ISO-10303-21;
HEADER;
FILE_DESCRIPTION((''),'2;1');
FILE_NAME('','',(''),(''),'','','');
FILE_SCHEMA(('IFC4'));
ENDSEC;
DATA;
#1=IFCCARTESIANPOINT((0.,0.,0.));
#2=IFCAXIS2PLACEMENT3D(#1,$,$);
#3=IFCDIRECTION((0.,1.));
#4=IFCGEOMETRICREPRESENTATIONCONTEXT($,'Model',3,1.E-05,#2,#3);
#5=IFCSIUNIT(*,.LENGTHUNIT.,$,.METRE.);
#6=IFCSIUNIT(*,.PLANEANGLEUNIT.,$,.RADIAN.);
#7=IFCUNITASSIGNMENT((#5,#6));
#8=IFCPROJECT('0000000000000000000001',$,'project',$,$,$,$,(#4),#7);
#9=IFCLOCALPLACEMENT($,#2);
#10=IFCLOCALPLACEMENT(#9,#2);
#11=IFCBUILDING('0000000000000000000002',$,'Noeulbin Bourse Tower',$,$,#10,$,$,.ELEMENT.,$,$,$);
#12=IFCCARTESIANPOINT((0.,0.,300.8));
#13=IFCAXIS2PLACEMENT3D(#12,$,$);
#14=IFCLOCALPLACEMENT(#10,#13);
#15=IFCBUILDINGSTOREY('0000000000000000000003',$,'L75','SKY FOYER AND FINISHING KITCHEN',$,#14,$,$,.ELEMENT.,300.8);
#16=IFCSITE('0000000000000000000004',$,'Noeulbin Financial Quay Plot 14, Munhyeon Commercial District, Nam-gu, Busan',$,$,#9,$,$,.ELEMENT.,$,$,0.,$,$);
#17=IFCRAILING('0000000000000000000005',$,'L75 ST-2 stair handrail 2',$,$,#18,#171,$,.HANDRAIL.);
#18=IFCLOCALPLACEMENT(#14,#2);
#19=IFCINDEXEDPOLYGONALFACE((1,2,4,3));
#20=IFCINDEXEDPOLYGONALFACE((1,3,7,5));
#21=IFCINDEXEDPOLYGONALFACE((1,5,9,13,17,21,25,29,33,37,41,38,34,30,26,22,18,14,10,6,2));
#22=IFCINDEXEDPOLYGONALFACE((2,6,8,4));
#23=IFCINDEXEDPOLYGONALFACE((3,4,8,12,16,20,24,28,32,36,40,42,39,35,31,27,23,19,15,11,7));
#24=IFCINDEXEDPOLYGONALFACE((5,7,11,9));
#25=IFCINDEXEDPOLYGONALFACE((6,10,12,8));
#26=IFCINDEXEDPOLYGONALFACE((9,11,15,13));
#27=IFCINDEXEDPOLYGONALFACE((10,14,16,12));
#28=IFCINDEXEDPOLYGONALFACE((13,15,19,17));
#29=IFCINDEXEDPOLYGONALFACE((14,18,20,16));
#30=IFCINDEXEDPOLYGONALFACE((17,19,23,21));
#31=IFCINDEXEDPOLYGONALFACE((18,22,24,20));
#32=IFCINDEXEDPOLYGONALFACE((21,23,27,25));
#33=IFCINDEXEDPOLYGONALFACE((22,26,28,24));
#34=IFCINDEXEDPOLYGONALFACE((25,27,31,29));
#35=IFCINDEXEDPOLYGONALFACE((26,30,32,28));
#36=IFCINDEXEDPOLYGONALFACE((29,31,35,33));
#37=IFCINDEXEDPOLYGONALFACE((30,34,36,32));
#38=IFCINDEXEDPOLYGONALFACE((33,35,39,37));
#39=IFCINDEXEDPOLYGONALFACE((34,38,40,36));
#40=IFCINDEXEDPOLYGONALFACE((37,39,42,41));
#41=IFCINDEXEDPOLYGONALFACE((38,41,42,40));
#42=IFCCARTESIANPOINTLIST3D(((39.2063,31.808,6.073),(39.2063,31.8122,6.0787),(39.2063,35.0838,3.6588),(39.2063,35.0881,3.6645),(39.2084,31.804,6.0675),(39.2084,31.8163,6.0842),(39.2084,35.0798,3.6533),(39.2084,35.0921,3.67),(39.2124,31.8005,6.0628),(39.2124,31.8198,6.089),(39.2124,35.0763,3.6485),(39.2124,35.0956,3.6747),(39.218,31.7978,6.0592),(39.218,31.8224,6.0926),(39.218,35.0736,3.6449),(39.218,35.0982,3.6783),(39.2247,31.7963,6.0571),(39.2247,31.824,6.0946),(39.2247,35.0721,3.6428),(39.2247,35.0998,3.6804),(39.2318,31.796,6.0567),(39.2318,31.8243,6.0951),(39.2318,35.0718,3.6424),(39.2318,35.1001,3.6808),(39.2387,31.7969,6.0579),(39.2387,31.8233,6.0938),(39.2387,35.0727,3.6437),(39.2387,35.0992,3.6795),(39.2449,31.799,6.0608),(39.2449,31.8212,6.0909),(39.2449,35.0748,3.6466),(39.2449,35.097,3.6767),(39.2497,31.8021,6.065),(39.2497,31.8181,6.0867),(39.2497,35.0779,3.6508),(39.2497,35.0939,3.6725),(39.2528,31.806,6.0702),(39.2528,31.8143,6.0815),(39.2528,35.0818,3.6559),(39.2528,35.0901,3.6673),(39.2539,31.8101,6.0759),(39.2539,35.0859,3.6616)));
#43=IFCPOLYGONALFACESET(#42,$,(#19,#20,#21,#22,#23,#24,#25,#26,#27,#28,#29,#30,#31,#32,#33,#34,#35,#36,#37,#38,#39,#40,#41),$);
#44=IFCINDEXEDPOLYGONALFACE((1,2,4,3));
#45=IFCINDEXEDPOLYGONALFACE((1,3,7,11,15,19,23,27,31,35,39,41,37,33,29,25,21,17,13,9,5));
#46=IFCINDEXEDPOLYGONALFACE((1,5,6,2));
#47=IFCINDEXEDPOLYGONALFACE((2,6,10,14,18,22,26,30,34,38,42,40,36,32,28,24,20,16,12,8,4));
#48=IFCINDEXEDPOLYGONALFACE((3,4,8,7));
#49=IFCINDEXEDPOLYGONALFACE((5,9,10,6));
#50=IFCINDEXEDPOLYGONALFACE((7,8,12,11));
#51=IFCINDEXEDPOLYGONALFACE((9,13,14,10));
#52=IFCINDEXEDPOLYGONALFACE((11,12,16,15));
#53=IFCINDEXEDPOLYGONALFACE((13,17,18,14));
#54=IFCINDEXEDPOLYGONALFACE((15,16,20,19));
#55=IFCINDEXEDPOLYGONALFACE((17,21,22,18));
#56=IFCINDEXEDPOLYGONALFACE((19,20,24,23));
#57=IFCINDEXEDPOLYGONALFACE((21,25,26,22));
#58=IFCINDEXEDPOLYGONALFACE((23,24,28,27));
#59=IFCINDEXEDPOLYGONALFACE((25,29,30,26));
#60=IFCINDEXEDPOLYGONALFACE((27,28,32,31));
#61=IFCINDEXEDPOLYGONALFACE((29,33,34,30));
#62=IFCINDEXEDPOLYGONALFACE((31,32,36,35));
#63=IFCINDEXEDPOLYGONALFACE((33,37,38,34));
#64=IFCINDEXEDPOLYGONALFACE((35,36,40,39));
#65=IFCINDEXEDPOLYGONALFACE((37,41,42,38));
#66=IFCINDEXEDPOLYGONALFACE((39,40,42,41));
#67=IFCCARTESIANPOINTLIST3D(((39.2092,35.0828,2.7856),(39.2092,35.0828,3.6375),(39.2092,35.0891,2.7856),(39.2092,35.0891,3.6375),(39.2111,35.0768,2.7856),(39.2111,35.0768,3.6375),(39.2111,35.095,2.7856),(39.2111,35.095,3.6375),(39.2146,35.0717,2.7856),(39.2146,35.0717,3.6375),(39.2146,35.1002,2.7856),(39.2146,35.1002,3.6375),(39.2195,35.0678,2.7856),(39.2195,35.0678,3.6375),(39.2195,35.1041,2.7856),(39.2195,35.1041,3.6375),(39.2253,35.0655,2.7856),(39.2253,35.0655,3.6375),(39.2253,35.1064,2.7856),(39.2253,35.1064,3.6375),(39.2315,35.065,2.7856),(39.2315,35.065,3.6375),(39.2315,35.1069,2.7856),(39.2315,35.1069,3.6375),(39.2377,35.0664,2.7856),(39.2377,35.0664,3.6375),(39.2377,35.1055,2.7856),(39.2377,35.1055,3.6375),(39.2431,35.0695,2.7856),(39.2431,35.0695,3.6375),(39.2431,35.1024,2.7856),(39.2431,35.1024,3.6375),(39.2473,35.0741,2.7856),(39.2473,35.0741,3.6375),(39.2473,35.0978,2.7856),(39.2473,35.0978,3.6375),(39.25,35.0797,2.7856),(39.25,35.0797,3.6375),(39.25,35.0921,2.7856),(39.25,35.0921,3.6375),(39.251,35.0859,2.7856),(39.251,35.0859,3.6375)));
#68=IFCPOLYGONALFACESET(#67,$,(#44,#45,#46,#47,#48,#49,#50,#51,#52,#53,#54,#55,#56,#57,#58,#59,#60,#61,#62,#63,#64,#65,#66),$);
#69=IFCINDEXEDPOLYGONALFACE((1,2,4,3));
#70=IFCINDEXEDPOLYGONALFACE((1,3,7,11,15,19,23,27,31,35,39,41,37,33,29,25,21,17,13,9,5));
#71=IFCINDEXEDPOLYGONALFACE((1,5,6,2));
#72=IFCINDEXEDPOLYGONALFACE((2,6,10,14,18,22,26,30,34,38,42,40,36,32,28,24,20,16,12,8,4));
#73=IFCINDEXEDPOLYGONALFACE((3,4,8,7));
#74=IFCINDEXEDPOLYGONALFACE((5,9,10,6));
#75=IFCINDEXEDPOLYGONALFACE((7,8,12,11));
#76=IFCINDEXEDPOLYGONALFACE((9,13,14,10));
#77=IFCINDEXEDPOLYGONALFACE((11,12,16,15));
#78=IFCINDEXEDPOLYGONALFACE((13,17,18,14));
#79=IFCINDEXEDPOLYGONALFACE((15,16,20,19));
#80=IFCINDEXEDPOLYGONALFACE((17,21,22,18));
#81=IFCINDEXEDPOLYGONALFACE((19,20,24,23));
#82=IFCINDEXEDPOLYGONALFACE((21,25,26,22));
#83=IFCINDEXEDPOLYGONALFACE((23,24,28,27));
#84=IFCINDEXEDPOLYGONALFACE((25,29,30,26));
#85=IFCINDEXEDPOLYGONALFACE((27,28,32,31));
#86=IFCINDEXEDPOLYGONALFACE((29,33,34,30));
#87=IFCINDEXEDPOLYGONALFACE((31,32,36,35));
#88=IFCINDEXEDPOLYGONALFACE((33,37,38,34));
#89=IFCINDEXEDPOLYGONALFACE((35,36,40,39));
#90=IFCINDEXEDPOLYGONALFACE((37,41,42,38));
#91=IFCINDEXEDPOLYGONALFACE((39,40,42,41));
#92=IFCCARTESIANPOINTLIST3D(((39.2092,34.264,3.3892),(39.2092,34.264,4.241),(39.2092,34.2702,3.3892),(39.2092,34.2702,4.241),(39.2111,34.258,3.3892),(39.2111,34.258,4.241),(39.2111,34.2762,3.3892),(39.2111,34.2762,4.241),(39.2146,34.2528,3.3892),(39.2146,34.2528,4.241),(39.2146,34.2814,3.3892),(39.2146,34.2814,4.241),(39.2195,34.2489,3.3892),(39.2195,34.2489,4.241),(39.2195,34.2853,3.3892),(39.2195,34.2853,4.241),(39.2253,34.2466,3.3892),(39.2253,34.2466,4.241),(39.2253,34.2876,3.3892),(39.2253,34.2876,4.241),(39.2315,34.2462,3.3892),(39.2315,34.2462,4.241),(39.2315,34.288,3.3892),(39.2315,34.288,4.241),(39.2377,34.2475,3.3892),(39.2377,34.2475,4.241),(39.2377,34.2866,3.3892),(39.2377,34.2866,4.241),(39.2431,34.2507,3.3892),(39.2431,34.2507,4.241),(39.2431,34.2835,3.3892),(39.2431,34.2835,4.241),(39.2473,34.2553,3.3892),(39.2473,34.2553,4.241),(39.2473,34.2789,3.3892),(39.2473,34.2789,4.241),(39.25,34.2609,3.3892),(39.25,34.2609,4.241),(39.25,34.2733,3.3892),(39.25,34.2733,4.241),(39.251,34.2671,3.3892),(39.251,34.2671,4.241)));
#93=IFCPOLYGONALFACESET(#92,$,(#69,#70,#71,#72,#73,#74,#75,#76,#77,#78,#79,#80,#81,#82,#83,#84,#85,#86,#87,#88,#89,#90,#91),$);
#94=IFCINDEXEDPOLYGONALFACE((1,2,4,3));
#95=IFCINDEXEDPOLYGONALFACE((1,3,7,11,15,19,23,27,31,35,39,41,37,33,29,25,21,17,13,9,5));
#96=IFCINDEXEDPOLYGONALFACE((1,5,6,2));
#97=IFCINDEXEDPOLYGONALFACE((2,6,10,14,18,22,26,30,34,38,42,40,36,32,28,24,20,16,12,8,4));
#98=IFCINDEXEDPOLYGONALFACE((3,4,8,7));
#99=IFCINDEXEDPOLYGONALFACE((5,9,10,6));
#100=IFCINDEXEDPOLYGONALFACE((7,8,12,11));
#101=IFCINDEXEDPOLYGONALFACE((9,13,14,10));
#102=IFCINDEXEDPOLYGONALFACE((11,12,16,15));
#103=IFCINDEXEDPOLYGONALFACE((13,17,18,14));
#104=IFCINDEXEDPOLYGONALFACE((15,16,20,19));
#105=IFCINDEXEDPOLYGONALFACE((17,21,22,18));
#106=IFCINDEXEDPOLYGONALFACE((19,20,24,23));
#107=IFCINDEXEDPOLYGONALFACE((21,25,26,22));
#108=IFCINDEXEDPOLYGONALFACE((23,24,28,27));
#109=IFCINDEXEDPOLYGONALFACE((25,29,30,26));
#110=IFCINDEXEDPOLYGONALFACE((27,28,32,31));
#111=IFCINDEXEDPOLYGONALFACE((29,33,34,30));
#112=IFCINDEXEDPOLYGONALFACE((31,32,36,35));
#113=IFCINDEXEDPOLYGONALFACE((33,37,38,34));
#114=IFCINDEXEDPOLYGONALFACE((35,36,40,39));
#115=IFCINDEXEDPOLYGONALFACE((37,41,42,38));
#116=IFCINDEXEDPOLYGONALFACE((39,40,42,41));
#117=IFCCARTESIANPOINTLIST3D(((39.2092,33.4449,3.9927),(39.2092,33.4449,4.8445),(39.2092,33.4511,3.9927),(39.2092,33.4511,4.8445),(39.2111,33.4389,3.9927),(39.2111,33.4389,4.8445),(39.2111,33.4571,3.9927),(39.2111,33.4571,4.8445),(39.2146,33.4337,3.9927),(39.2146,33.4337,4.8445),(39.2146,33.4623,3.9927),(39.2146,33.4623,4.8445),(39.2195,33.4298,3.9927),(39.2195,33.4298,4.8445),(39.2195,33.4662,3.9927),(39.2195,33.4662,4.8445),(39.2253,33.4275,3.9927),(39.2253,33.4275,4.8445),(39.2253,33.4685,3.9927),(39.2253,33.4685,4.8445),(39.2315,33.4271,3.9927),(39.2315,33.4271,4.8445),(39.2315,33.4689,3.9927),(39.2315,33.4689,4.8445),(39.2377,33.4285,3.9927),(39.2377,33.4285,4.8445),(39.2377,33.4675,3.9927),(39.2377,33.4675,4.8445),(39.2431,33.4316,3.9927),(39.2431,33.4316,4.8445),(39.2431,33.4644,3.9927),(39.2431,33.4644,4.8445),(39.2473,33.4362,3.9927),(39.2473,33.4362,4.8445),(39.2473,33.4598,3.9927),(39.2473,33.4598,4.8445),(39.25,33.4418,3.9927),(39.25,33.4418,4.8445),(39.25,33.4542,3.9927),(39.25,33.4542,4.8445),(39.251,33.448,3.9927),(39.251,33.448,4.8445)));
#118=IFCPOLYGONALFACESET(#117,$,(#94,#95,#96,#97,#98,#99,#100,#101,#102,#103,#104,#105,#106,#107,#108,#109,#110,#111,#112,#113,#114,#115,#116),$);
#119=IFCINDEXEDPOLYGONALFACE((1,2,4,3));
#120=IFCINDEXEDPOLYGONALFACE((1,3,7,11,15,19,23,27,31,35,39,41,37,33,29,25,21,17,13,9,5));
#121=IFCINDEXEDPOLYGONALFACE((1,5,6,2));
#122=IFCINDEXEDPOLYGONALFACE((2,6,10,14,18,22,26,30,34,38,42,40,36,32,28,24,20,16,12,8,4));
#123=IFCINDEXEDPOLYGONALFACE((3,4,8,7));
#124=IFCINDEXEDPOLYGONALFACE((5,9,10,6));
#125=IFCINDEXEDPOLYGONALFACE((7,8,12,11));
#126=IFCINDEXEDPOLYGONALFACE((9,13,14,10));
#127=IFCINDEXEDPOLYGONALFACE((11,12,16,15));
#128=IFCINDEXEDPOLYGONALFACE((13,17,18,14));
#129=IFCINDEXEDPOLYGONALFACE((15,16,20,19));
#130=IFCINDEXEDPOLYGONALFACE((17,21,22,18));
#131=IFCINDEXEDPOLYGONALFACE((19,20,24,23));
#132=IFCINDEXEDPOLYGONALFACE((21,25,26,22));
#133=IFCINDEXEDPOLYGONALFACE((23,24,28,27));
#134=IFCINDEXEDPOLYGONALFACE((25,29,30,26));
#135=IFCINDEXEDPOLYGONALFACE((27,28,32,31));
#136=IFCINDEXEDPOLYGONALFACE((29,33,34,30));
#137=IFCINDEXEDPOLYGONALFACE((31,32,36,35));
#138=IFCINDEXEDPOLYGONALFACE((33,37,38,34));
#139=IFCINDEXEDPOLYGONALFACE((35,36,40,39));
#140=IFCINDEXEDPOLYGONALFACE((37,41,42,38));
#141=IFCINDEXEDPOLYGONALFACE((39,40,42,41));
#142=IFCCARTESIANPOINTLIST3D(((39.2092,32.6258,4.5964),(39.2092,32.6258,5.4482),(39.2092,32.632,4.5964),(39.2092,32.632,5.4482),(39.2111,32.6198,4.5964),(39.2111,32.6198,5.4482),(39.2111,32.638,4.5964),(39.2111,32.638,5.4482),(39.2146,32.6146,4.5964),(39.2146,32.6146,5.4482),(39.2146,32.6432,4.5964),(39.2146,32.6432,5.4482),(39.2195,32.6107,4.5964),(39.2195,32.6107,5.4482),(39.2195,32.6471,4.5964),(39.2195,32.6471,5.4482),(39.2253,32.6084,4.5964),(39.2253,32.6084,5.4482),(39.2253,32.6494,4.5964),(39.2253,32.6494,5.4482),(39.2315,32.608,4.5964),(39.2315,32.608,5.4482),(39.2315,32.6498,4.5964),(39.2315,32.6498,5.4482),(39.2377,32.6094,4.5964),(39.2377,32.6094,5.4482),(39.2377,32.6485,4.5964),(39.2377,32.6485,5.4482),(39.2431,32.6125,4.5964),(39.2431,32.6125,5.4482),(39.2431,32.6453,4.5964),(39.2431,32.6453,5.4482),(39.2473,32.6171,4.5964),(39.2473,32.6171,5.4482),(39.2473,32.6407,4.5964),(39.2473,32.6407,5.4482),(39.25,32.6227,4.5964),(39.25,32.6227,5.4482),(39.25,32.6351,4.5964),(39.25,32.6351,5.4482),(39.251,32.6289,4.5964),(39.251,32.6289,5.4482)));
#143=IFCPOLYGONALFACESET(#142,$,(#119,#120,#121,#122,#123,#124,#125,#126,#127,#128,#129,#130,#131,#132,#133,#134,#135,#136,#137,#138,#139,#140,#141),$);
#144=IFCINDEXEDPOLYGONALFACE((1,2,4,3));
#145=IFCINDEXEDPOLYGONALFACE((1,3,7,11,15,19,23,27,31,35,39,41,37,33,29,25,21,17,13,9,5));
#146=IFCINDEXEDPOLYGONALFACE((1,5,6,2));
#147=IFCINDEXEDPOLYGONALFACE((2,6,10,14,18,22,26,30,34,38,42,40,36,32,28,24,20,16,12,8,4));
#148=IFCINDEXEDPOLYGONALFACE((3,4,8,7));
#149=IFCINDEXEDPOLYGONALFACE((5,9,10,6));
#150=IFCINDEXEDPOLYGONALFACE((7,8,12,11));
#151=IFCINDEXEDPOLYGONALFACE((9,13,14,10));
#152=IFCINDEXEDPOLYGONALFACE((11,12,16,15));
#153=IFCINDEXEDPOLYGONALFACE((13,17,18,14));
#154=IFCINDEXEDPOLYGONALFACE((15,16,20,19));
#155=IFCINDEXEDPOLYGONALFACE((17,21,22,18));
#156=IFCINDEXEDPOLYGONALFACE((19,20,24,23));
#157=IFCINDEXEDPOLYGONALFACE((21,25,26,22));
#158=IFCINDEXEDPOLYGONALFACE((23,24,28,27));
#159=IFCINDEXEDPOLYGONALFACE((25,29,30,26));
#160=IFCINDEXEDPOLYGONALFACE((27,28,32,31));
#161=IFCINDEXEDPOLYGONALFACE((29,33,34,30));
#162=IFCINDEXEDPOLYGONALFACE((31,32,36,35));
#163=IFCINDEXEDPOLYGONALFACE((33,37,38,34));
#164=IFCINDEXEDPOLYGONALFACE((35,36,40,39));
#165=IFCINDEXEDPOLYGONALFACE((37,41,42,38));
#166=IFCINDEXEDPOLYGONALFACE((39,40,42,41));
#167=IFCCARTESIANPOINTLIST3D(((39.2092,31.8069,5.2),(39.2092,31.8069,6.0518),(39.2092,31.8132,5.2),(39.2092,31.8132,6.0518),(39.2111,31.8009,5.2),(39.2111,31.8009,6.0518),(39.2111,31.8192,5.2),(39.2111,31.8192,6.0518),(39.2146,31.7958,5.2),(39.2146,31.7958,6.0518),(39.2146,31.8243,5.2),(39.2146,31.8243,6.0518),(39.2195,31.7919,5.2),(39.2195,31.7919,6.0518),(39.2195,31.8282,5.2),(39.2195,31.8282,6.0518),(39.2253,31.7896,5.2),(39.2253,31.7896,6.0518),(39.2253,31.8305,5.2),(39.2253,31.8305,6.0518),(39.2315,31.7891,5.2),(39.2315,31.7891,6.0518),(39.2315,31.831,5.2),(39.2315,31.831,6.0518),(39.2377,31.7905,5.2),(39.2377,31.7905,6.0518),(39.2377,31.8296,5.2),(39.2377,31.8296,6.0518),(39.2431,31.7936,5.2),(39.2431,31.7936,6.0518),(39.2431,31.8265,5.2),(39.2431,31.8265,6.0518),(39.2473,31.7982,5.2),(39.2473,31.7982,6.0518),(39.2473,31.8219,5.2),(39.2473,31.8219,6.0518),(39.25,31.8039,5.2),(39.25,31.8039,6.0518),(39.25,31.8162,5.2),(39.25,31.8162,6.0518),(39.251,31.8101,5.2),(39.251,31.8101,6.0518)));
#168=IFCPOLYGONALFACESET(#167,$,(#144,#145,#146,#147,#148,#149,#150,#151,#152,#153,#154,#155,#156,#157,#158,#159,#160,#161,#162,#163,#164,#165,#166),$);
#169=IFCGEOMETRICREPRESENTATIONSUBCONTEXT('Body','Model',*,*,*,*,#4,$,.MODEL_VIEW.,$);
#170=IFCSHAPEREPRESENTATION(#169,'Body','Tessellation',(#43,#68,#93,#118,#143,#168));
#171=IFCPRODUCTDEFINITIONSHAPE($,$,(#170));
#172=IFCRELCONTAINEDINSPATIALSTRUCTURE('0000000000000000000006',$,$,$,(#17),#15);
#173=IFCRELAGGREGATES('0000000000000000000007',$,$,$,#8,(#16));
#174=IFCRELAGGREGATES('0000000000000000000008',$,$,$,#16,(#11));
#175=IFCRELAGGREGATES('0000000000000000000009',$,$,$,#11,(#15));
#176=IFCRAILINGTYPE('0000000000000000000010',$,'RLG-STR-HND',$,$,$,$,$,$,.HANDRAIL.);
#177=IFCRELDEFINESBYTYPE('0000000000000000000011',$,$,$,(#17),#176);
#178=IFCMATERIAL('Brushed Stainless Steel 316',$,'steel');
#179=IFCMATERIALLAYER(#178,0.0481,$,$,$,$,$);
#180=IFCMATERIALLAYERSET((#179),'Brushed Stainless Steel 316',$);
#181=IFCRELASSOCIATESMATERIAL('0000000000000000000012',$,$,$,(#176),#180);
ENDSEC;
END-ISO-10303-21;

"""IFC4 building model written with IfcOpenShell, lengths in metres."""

from ifc_helpers import new_model, si_unit, direction, frame, origin, origin_2d, place, context, subcontext, project, spatial, circle, extrude, material, layer, layer_set, type_object, element, save


model = new_model("IFC4")

# Units and contexts
model_context = context("Model", 3, precision=1e-05, world=origin(), true_north=direction((0.0, 1.0)))
body_context = subcontext(model_context, "Body", "Model", "MODEL_VIEW")
ifc_project = project(units=[si_unit("LENGTHUNIT", "METRE"), si_unit("PLANEANGLEUNIT", "RADIAN")], contexts=[model_context])

# Site, building, storey
site_placement = place(None, origin())
site = spatial("IfcSite", under=ifc_project, at=site_placement, Name="Noeulbin Financial Quay Plot 14, Munhyeon Commercial District, Nam-gu, Busan", CompositionType="ELEMENT", RefElevation=0.0)
building_placement = place(site_placement, origin())
building = spatial("IfcBuilding", under=site, at=building_placement, Name="Noeulbin Bourse Tower", CompositionType="ELEMENT")
storey_placement = place(building_placement, frame((0.0, 0.0, 300.8)))
storey = spatial("IfcBuildingStorey", under=building, at=storey_placement, Name="L75", Description="SKY FOYER AND FINISHING KITCHEN", CompositionType="ELEMENT", Elevation=300.8)

# Shared definitions
ifc_material_1 = material(Name="Brushed Stainless Steel 316", Category="steel")

# Railing
ifc_layer_1 = layer(ifc_material_1, 0.0481)
ifc_layer_set_1 = layer_set([ifc_layer_1], Name="Brushed Stainless Steel 316")
railing_type_1 = type_object("IfcRailingType", Name="RLG-STR-HND", PredefinedType="HANDRAIL", material=ifc_layer_set_1)
railing_1_placement = place(storey_placement, frame((39.23, 35.0859, 2.7856)))
element("IfcRailing", 1, at=railing_1_placement, inside=storey, type_object=railing_type_1, Name="L75 ST-2 stair handrail 2", PredefinedType="HANDRAIL", context=body_context, shape_type="SweptSolid", body=[
    extrude(circle(Radius=0.0239, at=origin_2d()), frame((0.0, 0.0, 0.876), z_axis=(0.0, -0.804997, 0.593279), x_axis=(1.0, 0.0, 0.0)), (0.0, 0.0, 1.0), 4.0693),
    extrude(circle(Radius=0.021, at=origin_2d()), origin(), (0.0, 0.0, 1.0), 0.8518),
    extrude(circle(Radius=0.021, at=origin_2d()), frame((0.0, -0.8188, 0.6035)), (0.0, 0.0, 1.0), 0.8518),
    extrude(circle(Radius=0.021, at=origin_2d()), frame((0.0, -1.6379, 1.207)), (0.0, 0.0, 1.0), 0.8518),
    extrude(circle(Radius=0.021, at=origin_2d()), frame((0.0, -2.457, 1.8108)), (0.0, 0.0, 1.0), 0.8518),
    extrude(circle(Radius=0.021, at=origin_2d()), frame((0.0, -3.2759, 2.4143)), (0.0, 0.0, 1.0), 0.8518),
])

save(model, "model.ifc")
